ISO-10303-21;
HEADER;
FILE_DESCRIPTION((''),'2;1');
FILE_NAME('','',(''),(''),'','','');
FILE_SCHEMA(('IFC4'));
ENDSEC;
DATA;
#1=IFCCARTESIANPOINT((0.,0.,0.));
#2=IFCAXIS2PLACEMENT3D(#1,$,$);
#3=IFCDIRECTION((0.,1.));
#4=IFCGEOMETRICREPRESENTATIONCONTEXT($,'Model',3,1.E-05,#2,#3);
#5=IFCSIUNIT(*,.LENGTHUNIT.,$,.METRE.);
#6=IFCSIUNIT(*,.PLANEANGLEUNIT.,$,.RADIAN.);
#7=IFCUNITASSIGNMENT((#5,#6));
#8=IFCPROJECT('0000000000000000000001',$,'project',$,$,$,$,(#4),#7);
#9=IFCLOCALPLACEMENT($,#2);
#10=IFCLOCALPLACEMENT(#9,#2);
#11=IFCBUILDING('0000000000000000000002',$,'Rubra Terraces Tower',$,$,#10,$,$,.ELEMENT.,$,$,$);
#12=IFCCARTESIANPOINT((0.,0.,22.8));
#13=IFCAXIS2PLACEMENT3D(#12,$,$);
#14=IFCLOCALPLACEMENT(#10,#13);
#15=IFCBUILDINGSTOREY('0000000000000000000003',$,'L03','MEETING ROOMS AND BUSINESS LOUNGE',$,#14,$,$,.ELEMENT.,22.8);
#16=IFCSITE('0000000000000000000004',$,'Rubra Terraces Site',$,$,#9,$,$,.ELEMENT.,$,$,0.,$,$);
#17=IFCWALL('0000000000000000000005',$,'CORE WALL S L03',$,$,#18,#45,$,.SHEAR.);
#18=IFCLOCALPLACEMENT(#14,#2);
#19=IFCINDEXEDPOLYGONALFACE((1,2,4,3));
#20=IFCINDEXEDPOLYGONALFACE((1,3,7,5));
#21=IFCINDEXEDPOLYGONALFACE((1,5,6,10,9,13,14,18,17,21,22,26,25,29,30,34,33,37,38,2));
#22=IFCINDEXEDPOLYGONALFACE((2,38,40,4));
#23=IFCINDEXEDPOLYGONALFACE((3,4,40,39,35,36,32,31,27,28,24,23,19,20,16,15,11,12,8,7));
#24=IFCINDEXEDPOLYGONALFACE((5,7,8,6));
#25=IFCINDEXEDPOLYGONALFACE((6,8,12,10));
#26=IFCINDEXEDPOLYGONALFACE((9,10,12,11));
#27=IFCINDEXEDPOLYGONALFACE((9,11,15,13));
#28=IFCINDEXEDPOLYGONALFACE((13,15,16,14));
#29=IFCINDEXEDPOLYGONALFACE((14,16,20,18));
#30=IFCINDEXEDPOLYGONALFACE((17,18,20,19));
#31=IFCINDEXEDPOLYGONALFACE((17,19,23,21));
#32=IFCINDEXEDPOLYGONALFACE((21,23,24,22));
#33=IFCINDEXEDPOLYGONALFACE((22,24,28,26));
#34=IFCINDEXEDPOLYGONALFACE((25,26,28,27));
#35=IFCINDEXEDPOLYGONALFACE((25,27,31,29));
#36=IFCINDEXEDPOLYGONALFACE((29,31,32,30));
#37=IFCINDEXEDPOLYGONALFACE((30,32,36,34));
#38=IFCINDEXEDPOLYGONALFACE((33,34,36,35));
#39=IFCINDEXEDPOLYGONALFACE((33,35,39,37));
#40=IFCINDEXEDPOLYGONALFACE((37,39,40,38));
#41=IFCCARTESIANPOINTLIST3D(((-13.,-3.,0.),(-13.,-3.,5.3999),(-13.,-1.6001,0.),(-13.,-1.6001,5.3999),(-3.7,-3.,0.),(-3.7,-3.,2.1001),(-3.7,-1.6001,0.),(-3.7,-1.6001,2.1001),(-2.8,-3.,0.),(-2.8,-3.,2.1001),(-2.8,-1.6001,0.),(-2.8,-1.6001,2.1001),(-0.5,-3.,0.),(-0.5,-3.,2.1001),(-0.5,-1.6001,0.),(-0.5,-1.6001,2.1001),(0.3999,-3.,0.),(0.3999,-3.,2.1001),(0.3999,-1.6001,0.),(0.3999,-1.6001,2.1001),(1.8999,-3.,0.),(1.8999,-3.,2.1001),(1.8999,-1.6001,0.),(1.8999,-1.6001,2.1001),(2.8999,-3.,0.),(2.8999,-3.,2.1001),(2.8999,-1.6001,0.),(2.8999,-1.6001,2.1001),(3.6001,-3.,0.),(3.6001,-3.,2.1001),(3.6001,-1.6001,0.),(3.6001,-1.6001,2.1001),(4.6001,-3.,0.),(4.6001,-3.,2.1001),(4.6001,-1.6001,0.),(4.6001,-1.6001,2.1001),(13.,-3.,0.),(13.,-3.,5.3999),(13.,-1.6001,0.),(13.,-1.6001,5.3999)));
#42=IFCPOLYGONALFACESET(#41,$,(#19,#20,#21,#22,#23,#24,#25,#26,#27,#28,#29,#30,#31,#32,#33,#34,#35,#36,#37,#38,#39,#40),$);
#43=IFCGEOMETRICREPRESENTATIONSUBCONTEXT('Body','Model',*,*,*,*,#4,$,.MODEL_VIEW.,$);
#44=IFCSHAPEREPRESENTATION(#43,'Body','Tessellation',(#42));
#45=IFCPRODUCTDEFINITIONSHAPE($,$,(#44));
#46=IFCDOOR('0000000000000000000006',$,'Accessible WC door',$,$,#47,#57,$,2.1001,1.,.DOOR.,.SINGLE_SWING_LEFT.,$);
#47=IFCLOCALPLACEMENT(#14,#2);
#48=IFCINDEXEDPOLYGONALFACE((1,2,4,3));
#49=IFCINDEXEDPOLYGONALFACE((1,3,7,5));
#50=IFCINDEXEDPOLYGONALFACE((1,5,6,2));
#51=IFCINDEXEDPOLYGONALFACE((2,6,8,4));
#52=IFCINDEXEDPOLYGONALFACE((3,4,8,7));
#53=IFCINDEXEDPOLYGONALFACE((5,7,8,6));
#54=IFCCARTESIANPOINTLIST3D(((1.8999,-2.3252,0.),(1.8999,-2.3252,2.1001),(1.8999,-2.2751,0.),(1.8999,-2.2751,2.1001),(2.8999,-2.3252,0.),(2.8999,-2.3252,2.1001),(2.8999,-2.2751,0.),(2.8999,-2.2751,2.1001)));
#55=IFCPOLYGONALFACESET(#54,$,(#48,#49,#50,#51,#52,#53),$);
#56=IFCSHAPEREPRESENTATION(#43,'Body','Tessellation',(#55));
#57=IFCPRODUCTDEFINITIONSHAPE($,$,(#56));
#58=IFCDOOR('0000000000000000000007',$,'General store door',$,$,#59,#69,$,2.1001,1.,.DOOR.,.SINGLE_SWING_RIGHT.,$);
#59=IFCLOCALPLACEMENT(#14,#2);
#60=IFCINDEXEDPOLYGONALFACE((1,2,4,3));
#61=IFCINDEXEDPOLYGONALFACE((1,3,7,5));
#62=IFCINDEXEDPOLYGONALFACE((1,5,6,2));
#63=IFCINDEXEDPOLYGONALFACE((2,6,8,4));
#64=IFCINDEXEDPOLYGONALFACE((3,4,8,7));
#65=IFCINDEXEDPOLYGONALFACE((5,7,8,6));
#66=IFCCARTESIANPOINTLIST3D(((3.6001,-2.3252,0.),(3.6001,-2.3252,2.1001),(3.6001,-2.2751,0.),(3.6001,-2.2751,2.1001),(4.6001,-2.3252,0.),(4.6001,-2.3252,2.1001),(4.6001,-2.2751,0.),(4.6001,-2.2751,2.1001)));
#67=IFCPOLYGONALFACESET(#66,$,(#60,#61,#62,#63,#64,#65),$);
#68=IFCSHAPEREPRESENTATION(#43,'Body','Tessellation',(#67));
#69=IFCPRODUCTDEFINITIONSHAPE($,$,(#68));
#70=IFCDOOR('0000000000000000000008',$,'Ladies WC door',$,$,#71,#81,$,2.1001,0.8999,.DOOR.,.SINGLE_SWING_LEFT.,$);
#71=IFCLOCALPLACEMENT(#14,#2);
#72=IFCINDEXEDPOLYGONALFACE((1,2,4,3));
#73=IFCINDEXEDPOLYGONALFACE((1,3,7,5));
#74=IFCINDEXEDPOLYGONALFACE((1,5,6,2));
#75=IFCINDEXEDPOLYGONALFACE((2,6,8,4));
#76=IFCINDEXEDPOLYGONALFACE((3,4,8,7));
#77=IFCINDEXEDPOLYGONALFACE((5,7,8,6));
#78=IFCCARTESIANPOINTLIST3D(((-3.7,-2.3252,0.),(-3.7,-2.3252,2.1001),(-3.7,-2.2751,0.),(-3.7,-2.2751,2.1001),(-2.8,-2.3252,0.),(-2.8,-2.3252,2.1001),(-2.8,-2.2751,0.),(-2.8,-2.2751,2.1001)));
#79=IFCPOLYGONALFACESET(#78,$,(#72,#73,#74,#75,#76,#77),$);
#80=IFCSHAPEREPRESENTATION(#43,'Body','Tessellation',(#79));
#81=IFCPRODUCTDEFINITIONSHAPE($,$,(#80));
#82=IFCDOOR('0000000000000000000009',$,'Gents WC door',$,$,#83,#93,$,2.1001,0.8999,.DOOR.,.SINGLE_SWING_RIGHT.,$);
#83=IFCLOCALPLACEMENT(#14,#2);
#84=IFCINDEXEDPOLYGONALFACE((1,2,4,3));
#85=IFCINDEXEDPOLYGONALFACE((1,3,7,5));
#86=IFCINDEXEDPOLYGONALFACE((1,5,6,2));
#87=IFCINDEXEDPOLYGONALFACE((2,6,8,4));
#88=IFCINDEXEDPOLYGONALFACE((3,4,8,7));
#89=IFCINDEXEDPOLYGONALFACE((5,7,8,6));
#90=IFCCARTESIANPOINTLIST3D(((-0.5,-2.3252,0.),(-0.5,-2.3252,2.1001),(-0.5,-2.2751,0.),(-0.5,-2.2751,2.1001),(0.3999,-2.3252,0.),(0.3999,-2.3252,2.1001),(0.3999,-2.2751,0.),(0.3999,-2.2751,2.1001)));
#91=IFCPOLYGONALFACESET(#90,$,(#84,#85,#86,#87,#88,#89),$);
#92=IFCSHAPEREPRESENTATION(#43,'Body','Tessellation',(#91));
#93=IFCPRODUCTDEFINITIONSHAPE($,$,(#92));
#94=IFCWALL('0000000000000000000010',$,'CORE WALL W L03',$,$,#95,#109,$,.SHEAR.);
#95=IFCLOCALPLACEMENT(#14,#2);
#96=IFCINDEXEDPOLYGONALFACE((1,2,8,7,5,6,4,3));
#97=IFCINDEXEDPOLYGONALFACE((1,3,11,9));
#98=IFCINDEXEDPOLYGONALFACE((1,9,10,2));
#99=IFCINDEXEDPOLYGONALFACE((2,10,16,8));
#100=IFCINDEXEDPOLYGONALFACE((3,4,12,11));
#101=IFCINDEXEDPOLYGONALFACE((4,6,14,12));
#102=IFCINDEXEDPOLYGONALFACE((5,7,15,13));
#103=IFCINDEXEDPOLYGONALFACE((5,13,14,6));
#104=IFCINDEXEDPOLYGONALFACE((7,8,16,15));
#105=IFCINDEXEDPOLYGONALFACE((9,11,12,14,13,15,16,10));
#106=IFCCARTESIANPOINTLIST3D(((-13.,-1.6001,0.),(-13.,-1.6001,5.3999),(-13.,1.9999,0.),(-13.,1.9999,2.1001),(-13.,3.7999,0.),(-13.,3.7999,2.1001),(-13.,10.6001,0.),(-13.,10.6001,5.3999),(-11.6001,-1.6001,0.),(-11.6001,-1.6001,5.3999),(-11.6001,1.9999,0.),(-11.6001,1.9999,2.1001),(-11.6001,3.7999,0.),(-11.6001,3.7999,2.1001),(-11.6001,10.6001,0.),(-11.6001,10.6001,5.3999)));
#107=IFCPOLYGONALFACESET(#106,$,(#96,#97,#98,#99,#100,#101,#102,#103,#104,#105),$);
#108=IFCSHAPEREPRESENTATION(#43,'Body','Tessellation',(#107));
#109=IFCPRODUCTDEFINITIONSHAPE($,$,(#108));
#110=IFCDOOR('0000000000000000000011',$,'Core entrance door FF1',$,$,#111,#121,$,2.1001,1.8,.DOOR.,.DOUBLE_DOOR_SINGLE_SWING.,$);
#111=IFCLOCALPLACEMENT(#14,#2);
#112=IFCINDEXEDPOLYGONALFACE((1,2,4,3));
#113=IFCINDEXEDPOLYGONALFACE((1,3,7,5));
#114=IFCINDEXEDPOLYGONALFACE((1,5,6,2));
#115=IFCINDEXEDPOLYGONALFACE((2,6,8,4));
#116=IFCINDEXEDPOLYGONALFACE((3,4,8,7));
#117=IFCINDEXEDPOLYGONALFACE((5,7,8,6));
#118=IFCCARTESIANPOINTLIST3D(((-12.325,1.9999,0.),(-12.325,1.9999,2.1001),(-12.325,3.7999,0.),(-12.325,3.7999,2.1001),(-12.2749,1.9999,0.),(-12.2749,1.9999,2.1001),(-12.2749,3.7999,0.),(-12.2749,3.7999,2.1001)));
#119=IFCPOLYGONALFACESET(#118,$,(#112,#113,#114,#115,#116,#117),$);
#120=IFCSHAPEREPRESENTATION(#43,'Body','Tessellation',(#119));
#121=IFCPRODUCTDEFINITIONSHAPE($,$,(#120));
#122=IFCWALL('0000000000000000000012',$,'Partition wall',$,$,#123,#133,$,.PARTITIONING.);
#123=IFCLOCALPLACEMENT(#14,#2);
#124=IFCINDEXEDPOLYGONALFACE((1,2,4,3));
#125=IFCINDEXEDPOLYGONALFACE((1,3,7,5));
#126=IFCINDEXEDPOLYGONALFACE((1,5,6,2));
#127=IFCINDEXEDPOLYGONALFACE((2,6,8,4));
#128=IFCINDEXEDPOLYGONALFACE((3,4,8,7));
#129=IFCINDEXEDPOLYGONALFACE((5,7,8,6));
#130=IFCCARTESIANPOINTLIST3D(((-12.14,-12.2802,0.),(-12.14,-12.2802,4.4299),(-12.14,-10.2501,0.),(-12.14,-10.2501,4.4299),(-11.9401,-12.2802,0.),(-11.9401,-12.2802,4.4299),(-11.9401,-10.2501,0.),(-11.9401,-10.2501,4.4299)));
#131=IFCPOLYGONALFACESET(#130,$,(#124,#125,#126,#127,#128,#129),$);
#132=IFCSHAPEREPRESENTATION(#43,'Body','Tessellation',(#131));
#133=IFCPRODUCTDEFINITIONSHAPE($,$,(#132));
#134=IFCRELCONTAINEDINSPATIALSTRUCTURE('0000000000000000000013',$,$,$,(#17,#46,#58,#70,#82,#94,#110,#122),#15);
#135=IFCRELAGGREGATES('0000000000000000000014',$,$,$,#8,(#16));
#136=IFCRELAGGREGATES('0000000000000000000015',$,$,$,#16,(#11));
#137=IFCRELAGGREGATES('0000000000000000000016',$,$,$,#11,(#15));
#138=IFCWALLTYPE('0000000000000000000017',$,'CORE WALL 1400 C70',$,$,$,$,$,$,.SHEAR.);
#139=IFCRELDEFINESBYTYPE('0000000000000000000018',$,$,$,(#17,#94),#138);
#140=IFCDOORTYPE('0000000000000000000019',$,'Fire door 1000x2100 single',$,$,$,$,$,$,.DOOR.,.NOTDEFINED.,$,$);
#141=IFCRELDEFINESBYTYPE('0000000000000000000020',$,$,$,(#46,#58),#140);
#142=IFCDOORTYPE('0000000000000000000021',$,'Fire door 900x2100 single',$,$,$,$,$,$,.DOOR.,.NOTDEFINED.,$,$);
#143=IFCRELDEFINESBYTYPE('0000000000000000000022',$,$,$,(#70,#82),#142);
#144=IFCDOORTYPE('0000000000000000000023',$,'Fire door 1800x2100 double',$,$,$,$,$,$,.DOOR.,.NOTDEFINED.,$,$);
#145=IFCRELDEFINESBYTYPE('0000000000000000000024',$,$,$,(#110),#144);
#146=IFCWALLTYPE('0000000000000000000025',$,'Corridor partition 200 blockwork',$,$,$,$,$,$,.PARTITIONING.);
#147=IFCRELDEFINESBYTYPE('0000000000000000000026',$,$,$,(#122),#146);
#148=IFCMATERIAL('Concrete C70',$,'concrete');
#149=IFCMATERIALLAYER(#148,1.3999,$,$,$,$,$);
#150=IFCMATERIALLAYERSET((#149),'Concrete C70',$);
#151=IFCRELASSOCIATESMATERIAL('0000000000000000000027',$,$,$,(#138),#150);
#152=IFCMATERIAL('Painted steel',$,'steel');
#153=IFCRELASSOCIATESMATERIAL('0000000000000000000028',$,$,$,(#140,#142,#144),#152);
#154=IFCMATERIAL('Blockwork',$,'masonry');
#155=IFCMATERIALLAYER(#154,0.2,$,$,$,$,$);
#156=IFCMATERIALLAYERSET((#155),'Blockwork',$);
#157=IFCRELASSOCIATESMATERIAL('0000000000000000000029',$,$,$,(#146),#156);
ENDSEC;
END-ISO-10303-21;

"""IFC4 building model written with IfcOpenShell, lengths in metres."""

from ifc_helpers import new_model, si_unit, direction, frame, frame_2d, origin, place, context, subcontext, project, spatial, rectangle, extrude, material, layer, layer_set, type_object, element, fill, save


model = new_model("IFC4")

# Units and contexts
model_context = context("Model", 3, precision=1e-05, world=origin(), true_north=direction((0.0, 1.0)))
body_context = subcontext(model_context, "Body", "Model", "MODEL_VIEW")
ifc_project = project(units=[si_unit("LENGTHUNIT", "METRE"), si_unit("PLANEANGLEUNIT", "RADIAN")], contexts=[model_context])

# Site, building, storey
site_placement = place(None, origin())
site = spatial("IfcSite", under=ifc_project, at=site_placement, Name="Rubra Terraces Site", CompositionType="ELEMENT", RefElevation=0.0)
building_placement = place(site_placement, origin())
building = spatial("IfcBuilding", under=site, at=building_placement, Name="Rubra Terraces Tower", CompositionType="ELEMENT")
storey_placement = place(building_placement, frame((0.0, 0.0, 22.8)))
storey = spatial("IfcBuildingStorey", under=building, at=storey_placement, Name="L03", Description="MEETING ROOMS AND BUSINESS LOUNGE", CompositionType="ELEMENT", Elevation=22.8)

# Wall, openings, doors
ifc_material_1 = material(Name="Concrete C70", Category="concrete")
ifc_layer_1 = layer(ifc_material_1, 1.3999)
ifc_layer_set_1 = layer_set([ifc_layer_1], Name="Concrete C70")
wall_type_1 = type_object("IfcWallType", Name="CORE WALL 1400 C70", PredefinedType="SHEAR", material=ifc_layer_set_1)
wall_1_placement = place(storey_placement, frame((-13.0, -2.3, 0.0), z_axis=(0.0, 0.0, 1.0), x_axis=(1.0, 0.0, 0.0)))
wall_1 = element("IfcWall", 1, at=wall_1_placement, inside=storey, type_object=wall_type_1, Name="CORE WALL S L03", PredefinedType="SHEAR", context=body_context, shape_type="SweptSolid", body=[
    extrude(rectangle(XDim=26.0, YDim=1.3999, at=frame_2d((13.0, 0.0))), origin(), (0.0, 0.0, 1.0), 5.3999),
])
opening_1_placement = place(wall_1_placement, frame((9.3, 0.0, 0.0)))
opening_1 = element("IfcOpeningElement", 2, at=opening_1_placement, cuts=wall_1, PredefinedType="OPENING", context=body_context, shape_type="SweptSolid", body=[
    extrude(rectangle(XDim=0.8999, YDim=2.1001, at=frame_2d((0.45, 1.05))), frame((0.0, 0.71, 0.0), z_axis=(0.0, -1.0, 0.0), x_axis=(1.0, 0.0, 0.0)), (0.0, 0.0, 1.0), 1.4199),
])
opening_2_placement = place(wall_1_placement, frame((12.5, 0.0, 0.0)))
opening_2 = element("IfcOpeningElement", 3, at=opening_2_placement, cuts=wall_1, PredefinedType="OPENING", context=body_context, shape_type="SweptSolid", body=[
    extrude(rectangle(XDim=0.8999, YDim=2.1001, at=frame_2d((0.45, 1.05))), frame((0.0, 0.71, 0.0), z_axis=(0.0, -1.0, 0.0), x_axis=(1.0, 0.0, 0.0)), (0.0, 0.0, 1.0), 1.4199),
])
opening_3_placement = place(wall_1_placement, frame((14.8999, 0.0, 0.0)))
opening_3 = element("IfcOpeningElement", 4, at=opening_3_placement, cuts=wall_1, PredefinedType="OPENING", context=body_context, shape_type="SweptSolid", body=[
    extrude(rectangle(XDim=1.0, YDim=2.1001, at=frame_2d((0.5, 1.05))), frame((0.0, 0.71, 0.0), z_axis=(0.0, -1.0, 0.0), x_axis=(1.0, 0.0, 0.0)), (0.0, 0.0, 1.0), 1.4199),
])
opening_4_placement = place(wall_1_placement, frame((16.6001, 0.0, 0.0)))
opening_4 = element("IfcOpeningElement", 5, at=opening_4_placement, cuts=wall_1, PredefinedType="OPENING", context=body_context, shape_type="SweptSolid", body=[
    extrude(rectangle(XDim=1.0, YDim=2.1001, at=frame_2d((0.5, 1.05))), frame((0.0, 0.71, 0.0), z_axis=(0.0, -1.0, 0.0), x_axis=(1.0, 0.0, 0.0)), (0.0, 0.0, 1.0), 1.4199),
])
ifc_material_2 = material(Name="Painted steel", Category="steel")
door_type_1 = type_object("IfcDoorType", Name="Fire door 1000x2100 single", OperationType="NOTDEFINED", PredefinedType="DOOR", material=ifc_material_2)
door_1_placement = place(opening_3_placement, origin())
door_1 = element("IfcDoor", 6, at=door_1_placement, inside=storey, type_object=door_type_1, Name="Accessible WC door", OperationType="SINGLE_SWING_LEFT", OverallHeight=2.1001, OverallWidth=1.0, PredefinedType="DOOR", context=body_context, shape_type="SweptSolid", body=[
    extrude(rectangle(XDim=1.0, YDim=2.1001, at=frame_2d((0.5, 1.05))), frame((0.0, 0.0249, 0.0), z_axis=(0.0, -1.0, 0.0), x_axis=(1.0, 0.0, 0.0)), (0.0, 0.0, 1.0), 0.05),
])
fill(opening_3, door_1)
door_2_placement = place(opening_4_placement, origin())
door_2 = element("IfcDoor", 7, at=door_2_placement, inside=storey, type_object=door_type_1, Name="General store door", OperationType="SINGLE_SWING_RIGHT", OverallHeight=2.1001, OverallWidth=1.0, PredefinedType="DOOR", context=body_context, shape_type="SweptSolid", body=[
    extrude(rectangle(XDim=1.0, YDim=2.1001, at=frame_2d((0.5, 1.05))), frame((0.0, 0.0249, 0.0), z_axis=(0.0, -1.0, 0.0), x_axis=(1.0, 0.0, 0.0)), (0.0, 0.0, 1.0), 0.05),
])
fill(opening_4, door_2)
door_type_2 = type_object("IfcDoorType", Name="Fire door 900x2100 single", OperationType="NOTDEFINED", PredefinedType="DOOR", material=ifc_material_2)
door_3_placement = place(opening_1_placement, origin())
door_3 = element("IfcDoor", 8, at=door_3_placement, inside=storey, type_object=door_type_2, Name="Ladies WC door", OperationType="SINGLE_SWING_LEFT", OverallHeight=2.1001, OverallWidth=0.8999, PredefinedType="DOOR", context=body_context, shape_type="SweptSolid", body=[
    extrude(rectangle(XDim=0.8999, YDim=2.1001, at=frame_2d((0.45, 1.05))), frame((0.0, 0.0249, 0.0), z_axis=(0.0, -1.0, 0.0), x_axis=(1.0, 0.0, 0.0)), (0.0, 0.0, 1.0), 0.05),
])
fill(opening_1, door_3)
door_4_placement = place(opening_2_placement, origin())
door_4 = element("IfcDoor", 9, at=door_4_placement, inside=storey, type_object=door_type_2, Name="Gents WC door", OperationType="SINGLE_SWING_RIGHT", OverallHeight=2.1001, OverallWidth=0.8999, PredefinedType="DOOR", context=body_context, shape_type="SweptSolid", body=[
    extrude(rectangle(XDim=0.8999, YDim=2.1001, at=frame_2d((0.45, 1.05))), frame((0.0, 0.0249, 0.0), z_axis=(0.0, -1.0, 0.0), x_axis=(1.0, 0.0, 0.0)), (0.0, 0.0, 1.0), 0.05),
])
fill(opening_2, door_4)

# Wall, opening, door
wall_2_placement = place(storey_placement, frame((-12.3, -1.6001, 0.0), z_axis=(0.0, 0.0, 1.0), x_axis=(0.0, 1.0, 0.0)))
wall_2 = element("IfcWall", 10, at=wall_2_placement, inside=storey, type_object=wall_type_1, Name="CORE WALL W L03", PredefinedType="SHEAR", context=body_context, shape_type="SweptSolid", body=[
    extrude(rectangle(XDim=12.2002, YDim=1.3999, at=frame_2d((6.1001, 0.0))), origin(), (0.0, 0.0, 1.0), 5.3999),
])
opening_5_placement = place(wall_2_placement, frame((3.6001, 0.0, 0.0)))
opening_5 = element("IfcOpeningElement", 11, at=opening_5_placement, cuts=wall_2, PredefinedType="OPENING", context=body_context, shape_type="SweptSolid", body=[
    extrude(rectangle(XDim=1.8, YDim=2.1001, at=frame_2d((0.8999, 1.05))), frame((0.0, 0.71, 0.0), z_axis=(0.0, -1.0, 0.0), x_axis=(1.0, 0.0, 0.0)), (0.0, 0.0, 1.0), 1.4199),
])
door_type_3 = type_object("IfcDoorType", Name="Fire door 1800x2100 double", OperationType="NOTDEFINED", PredefinedType="DOOR", material=ifc_material_2)
door_5_placement = place(opening_5_placement, origin())
door_5 = element("IfcDoor", 12, at=door_5_placement, inside=storey, type_object=door_type_3, Name="Core entrance door FF1", OperationType="DOUBLE_DOOR_SINGLE_SWING", OverallHeight=2.1001, OverallWidth=1.8, PredefinedType="DOOR", context=body_context, shape_type="SweptSolid", body=[
    extrude(rectangle(XDim=1.8, YDim=2.1001, at=frame_2d((0.8999, 1.05))), frame((0.0, 0.0249, 0.0), z_axis=(0.0, -1.0, 0.0), x_axis=(1.0, 0.0, 0.0)), (0.0, 0.0, 1.0), 0.05),
])
fill(opening_5, door_5)

# Wall
ifc_material_3 = material(Name="Blockwork", Category="masonry")
ifc_layer_2 = layer(ifc_material_3, 0.2)
ifc_layer_set_2 = layer_set([ifc_layer_2], Name="Blockwork")
wall_type_2 = type_object("IfcWallType", Name="Corridor partition 200 blockwork", PredefinedType="PARTITIONING", material=ifc_layer_set_2)
wall_3_placement = place(storey_placement, frame((-12.04, -10.25, 0.0), z_axis=(0.0, 0.0, 1.0), x_axis=(0.0, -1.0, 0.0)))
element("IfcWall", 13, at=wall_3_placement, inside=storey, type_object=wall_type_2, Name="Partition wall", PredefinedType="PARTITIONING", context=body_context, shape_type="SweptSolid", body=[
    extrude(rectangle(XDim=2.03, YDim=0.2, at=frame_2d((1.0151, 0.0))), origin(), (0.0, 0.0, 1.0), 4.4299),
])

save(model, "model.ifc")
